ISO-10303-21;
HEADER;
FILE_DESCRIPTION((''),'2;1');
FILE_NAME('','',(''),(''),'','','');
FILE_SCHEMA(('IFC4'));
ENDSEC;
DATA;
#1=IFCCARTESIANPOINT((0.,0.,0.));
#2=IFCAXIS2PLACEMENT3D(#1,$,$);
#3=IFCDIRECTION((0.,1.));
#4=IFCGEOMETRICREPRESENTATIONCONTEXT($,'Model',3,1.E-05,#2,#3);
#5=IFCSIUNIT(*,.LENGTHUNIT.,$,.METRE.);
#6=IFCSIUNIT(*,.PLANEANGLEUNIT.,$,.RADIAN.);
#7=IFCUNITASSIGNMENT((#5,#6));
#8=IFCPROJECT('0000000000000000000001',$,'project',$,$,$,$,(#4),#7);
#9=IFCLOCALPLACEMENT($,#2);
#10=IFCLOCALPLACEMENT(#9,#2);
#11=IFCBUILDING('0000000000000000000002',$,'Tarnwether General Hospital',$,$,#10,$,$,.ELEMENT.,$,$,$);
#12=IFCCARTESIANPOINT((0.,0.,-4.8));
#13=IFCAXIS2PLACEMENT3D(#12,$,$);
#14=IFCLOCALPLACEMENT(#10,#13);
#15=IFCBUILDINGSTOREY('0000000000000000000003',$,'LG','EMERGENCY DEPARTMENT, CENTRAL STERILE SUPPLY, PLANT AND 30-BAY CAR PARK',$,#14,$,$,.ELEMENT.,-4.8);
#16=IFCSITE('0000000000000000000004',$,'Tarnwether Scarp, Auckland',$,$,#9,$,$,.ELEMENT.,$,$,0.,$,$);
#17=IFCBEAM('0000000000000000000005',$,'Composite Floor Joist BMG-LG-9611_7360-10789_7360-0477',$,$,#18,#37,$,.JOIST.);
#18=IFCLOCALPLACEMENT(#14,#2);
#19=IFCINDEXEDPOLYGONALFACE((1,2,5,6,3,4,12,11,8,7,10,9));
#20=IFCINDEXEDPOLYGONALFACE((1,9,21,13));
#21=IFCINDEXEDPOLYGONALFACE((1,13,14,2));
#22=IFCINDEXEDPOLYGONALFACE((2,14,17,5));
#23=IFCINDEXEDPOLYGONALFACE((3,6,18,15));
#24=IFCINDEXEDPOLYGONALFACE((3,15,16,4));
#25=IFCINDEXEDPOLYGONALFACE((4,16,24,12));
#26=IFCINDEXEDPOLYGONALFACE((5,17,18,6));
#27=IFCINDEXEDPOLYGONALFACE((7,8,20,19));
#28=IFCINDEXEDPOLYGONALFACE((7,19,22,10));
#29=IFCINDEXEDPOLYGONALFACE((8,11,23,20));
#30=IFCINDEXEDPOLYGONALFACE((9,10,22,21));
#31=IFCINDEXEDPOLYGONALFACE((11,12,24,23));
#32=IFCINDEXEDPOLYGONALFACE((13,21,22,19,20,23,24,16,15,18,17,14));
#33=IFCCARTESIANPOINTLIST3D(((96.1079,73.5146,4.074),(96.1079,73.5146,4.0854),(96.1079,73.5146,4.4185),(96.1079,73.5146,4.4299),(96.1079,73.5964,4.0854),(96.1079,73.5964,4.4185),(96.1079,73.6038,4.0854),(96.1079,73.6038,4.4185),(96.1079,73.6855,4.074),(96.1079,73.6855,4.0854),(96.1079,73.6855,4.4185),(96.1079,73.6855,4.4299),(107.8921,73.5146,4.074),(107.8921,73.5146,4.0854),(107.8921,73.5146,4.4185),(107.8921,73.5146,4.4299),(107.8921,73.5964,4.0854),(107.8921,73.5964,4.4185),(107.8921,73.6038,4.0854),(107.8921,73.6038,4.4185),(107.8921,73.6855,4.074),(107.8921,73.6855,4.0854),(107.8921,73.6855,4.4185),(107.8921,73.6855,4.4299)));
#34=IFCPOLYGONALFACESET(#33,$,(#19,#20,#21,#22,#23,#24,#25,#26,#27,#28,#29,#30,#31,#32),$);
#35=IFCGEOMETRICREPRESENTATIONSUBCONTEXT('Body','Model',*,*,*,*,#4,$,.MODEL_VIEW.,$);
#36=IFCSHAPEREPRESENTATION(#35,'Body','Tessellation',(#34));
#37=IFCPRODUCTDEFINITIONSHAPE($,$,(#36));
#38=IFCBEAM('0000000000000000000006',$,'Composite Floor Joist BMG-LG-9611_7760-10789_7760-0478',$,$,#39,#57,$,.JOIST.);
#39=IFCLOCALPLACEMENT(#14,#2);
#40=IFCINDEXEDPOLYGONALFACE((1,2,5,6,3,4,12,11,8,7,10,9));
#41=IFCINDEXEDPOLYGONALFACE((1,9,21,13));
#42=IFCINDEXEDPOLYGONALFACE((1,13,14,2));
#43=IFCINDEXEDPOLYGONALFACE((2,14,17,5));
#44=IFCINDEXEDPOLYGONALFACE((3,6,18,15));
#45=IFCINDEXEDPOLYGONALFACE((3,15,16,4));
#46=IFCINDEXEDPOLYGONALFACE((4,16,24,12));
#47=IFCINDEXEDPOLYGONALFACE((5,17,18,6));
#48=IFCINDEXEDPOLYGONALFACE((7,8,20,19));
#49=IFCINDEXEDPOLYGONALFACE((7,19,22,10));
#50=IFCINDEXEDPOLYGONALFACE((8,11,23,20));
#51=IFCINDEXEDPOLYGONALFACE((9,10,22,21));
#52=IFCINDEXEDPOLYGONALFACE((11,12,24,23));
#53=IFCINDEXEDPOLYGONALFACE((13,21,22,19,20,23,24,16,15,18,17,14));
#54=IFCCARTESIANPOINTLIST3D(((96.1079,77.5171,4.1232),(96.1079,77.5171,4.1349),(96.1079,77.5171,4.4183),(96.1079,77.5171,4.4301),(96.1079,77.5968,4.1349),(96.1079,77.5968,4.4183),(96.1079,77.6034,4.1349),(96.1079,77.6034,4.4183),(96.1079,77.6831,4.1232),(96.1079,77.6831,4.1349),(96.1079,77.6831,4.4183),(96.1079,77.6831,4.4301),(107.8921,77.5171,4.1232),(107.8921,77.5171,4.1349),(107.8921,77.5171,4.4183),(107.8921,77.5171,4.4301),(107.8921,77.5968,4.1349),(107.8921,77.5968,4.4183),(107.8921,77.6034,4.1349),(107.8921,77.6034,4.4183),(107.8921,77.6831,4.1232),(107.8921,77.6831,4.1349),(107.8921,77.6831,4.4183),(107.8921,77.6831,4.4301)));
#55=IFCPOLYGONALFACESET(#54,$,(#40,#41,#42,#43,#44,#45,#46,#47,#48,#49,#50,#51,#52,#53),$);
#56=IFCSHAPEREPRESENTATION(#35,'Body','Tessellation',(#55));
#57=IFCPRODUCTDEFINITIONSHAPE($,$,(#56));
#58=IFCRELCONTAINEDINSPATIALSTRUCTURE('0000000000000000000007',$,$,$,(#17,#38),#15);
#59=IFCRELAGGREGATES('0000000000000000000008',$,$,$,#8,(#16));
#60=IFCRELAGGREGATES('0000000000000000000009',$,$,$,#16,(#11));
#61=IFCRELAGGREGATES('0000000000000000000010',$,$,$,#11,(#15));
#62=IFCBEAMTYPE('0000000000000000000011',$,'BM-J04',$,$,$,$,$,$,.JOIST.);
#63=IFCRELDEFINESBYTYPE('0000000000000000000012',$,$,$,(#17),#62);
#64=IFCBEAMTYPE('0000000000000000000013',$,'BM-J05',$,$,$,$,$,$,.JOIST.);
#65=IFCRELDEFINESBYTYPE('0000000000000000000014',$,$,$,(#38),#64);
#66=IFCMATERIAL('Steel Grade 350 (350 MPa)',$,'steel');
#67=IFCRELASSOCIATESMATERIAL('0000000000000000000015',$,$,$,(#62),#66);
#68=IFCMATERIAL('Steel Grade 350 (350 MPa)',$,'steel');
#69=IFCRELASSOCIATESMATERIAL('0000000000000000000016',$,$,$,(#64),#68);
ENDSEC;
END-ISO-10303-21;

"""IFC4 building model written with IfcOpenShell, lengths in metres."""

from ifc_helpers import new_model, si_unit, direction, frame, origin, origin_2d, place, context, subcontext, project, spatial, i_section, extrude, material, material_profile, profile_set, type_object, element, save


model = new_model("IFC4")

# Units and contexts
model_context = context("Model", 3, precision=1e-05, world=origin(), true_north=direction((0.0, 1.0)))
body_context = subcontext(model_context, "Body", "Model", "MODEL_VIEW")
ifc_project = project(units=[si_unit("LENGTHUNIT", "METRE"), si_unit("PLANEANGLEUNIT", "RADIAN")], contexts=[model_context])

# Site, building, storey
site_placement = place(None, origin())
site = spatial("IfcSite", under=ifc_project, at=site_placement, Name="Tarnwether Scarp, Auckland", CompositionType="ELEMENT", RefElevation=0.0)
building_placement = place(site_placement, origin())
building = spatial("IfcBuilding", under=site, at=building_placement, Name="Tarnwether General Hospital", CompositionType="ELEMENT")
storey_placement = place(building_placement, frame((0.0, 0.0, -4.8)))
storey = spatial("IfcBuildingStorey", under=building, at=storey_placement, Name="LG", Description="EMERGENCY DEPARTMENT, CENTRAL STERILE SUPPLY, PLANT AND 30-BAY CAR PARK", CompositionType="ELEMENT", Elevation=-4.8)

# Beams
ifc_material_1 = material(Name="Steel Grade 350 (350 MPa)", Category="steel")
ifc_material_profile_1 = material_profile(ifc_material_1, i_section(OverallWidth=0.1709, OverallDepth=0.356, WebThickness=0.0073, FlangeThickness=0.0115, at=origin_2d()), Name="360UB50.7")
ifc_profile_set_1 = profile_set([ifc_material_profile_1], Name="Steel Grade 350 (350 MPa)")
beam_type_1 = type_object("IfcBeamType", Name="BM-J04", PredefinedType="JOIST", material=ifc_profile_set_1)
beam_1_placement = place(storey_placement, frame((96.1079, 73.6001, 4.252), z_axis=(1.0, 0.0, 0.0), x_axis=(0.0, 1.0, 0.0)))
element("IfcBeam", 1, at=beam_1_placement, inside=storey, type_object=beam_type_1, Name="Composite Floor Joist BMG-LG-9611_7360-10789_7360-0477", PredefinedType="JOIST", context=body_context, shape_type="SweptSolid", body=[
    extrude(i_section(OverallWidth=0.1709, OverallDepth=0.356, WebThickness=0.0073, FlangeThickness=0.0115, at=origin_2d()), origin(), (0.0, 0.0, 1.0), 11.7842),
])
ifc_material_2 = material(Name="Steel Grade 350 (350 MPa)", Category="steel")
ifc_material_profile_2 = material_profile(ifc_material_2, i_section(OverallWidth=0.166, OverallDepth=0.3069, WebThickness=0.0066, FlangeThickness=0.0117, at=origin_2d()), Name="310UB46.2")
ifc_profile_set_2 = profile_set([ifc_material_profile_2], Name="Steel Grade 350 (350 MPa)")
beam_type_2 = type_object("IfcBeamType", Name="BM-J05", PredefinedType="JOIST", material=ifc_profile_set_2)
beam_2_placement = place(storey_placement, frame((96.1079, 77.6001, 4.2766), z_axis=(1.0, 0.0, 0.0), x_axis=(0.0, 1.0, 0.0)))
element("IfcBeam", 2, at=beam_2_placement, inside=storey, type_object=beam_type_2, Name="Composite Floor Joist BMG-LG-9611_7760-10789_7760-0478", PredefinedType="JOIST", context=body_context, shape_type="SweptSolid", body=[
    extrude(i_section(OverallWidth=0.166, OverallDepth=0.3069, WebThickness=0.0066, FlangeThickness=0.0117, at=origin_2d()), origin(), (0.0, 0.0, 1.0), 11.7842),
])

save(model, "model.ifc")
